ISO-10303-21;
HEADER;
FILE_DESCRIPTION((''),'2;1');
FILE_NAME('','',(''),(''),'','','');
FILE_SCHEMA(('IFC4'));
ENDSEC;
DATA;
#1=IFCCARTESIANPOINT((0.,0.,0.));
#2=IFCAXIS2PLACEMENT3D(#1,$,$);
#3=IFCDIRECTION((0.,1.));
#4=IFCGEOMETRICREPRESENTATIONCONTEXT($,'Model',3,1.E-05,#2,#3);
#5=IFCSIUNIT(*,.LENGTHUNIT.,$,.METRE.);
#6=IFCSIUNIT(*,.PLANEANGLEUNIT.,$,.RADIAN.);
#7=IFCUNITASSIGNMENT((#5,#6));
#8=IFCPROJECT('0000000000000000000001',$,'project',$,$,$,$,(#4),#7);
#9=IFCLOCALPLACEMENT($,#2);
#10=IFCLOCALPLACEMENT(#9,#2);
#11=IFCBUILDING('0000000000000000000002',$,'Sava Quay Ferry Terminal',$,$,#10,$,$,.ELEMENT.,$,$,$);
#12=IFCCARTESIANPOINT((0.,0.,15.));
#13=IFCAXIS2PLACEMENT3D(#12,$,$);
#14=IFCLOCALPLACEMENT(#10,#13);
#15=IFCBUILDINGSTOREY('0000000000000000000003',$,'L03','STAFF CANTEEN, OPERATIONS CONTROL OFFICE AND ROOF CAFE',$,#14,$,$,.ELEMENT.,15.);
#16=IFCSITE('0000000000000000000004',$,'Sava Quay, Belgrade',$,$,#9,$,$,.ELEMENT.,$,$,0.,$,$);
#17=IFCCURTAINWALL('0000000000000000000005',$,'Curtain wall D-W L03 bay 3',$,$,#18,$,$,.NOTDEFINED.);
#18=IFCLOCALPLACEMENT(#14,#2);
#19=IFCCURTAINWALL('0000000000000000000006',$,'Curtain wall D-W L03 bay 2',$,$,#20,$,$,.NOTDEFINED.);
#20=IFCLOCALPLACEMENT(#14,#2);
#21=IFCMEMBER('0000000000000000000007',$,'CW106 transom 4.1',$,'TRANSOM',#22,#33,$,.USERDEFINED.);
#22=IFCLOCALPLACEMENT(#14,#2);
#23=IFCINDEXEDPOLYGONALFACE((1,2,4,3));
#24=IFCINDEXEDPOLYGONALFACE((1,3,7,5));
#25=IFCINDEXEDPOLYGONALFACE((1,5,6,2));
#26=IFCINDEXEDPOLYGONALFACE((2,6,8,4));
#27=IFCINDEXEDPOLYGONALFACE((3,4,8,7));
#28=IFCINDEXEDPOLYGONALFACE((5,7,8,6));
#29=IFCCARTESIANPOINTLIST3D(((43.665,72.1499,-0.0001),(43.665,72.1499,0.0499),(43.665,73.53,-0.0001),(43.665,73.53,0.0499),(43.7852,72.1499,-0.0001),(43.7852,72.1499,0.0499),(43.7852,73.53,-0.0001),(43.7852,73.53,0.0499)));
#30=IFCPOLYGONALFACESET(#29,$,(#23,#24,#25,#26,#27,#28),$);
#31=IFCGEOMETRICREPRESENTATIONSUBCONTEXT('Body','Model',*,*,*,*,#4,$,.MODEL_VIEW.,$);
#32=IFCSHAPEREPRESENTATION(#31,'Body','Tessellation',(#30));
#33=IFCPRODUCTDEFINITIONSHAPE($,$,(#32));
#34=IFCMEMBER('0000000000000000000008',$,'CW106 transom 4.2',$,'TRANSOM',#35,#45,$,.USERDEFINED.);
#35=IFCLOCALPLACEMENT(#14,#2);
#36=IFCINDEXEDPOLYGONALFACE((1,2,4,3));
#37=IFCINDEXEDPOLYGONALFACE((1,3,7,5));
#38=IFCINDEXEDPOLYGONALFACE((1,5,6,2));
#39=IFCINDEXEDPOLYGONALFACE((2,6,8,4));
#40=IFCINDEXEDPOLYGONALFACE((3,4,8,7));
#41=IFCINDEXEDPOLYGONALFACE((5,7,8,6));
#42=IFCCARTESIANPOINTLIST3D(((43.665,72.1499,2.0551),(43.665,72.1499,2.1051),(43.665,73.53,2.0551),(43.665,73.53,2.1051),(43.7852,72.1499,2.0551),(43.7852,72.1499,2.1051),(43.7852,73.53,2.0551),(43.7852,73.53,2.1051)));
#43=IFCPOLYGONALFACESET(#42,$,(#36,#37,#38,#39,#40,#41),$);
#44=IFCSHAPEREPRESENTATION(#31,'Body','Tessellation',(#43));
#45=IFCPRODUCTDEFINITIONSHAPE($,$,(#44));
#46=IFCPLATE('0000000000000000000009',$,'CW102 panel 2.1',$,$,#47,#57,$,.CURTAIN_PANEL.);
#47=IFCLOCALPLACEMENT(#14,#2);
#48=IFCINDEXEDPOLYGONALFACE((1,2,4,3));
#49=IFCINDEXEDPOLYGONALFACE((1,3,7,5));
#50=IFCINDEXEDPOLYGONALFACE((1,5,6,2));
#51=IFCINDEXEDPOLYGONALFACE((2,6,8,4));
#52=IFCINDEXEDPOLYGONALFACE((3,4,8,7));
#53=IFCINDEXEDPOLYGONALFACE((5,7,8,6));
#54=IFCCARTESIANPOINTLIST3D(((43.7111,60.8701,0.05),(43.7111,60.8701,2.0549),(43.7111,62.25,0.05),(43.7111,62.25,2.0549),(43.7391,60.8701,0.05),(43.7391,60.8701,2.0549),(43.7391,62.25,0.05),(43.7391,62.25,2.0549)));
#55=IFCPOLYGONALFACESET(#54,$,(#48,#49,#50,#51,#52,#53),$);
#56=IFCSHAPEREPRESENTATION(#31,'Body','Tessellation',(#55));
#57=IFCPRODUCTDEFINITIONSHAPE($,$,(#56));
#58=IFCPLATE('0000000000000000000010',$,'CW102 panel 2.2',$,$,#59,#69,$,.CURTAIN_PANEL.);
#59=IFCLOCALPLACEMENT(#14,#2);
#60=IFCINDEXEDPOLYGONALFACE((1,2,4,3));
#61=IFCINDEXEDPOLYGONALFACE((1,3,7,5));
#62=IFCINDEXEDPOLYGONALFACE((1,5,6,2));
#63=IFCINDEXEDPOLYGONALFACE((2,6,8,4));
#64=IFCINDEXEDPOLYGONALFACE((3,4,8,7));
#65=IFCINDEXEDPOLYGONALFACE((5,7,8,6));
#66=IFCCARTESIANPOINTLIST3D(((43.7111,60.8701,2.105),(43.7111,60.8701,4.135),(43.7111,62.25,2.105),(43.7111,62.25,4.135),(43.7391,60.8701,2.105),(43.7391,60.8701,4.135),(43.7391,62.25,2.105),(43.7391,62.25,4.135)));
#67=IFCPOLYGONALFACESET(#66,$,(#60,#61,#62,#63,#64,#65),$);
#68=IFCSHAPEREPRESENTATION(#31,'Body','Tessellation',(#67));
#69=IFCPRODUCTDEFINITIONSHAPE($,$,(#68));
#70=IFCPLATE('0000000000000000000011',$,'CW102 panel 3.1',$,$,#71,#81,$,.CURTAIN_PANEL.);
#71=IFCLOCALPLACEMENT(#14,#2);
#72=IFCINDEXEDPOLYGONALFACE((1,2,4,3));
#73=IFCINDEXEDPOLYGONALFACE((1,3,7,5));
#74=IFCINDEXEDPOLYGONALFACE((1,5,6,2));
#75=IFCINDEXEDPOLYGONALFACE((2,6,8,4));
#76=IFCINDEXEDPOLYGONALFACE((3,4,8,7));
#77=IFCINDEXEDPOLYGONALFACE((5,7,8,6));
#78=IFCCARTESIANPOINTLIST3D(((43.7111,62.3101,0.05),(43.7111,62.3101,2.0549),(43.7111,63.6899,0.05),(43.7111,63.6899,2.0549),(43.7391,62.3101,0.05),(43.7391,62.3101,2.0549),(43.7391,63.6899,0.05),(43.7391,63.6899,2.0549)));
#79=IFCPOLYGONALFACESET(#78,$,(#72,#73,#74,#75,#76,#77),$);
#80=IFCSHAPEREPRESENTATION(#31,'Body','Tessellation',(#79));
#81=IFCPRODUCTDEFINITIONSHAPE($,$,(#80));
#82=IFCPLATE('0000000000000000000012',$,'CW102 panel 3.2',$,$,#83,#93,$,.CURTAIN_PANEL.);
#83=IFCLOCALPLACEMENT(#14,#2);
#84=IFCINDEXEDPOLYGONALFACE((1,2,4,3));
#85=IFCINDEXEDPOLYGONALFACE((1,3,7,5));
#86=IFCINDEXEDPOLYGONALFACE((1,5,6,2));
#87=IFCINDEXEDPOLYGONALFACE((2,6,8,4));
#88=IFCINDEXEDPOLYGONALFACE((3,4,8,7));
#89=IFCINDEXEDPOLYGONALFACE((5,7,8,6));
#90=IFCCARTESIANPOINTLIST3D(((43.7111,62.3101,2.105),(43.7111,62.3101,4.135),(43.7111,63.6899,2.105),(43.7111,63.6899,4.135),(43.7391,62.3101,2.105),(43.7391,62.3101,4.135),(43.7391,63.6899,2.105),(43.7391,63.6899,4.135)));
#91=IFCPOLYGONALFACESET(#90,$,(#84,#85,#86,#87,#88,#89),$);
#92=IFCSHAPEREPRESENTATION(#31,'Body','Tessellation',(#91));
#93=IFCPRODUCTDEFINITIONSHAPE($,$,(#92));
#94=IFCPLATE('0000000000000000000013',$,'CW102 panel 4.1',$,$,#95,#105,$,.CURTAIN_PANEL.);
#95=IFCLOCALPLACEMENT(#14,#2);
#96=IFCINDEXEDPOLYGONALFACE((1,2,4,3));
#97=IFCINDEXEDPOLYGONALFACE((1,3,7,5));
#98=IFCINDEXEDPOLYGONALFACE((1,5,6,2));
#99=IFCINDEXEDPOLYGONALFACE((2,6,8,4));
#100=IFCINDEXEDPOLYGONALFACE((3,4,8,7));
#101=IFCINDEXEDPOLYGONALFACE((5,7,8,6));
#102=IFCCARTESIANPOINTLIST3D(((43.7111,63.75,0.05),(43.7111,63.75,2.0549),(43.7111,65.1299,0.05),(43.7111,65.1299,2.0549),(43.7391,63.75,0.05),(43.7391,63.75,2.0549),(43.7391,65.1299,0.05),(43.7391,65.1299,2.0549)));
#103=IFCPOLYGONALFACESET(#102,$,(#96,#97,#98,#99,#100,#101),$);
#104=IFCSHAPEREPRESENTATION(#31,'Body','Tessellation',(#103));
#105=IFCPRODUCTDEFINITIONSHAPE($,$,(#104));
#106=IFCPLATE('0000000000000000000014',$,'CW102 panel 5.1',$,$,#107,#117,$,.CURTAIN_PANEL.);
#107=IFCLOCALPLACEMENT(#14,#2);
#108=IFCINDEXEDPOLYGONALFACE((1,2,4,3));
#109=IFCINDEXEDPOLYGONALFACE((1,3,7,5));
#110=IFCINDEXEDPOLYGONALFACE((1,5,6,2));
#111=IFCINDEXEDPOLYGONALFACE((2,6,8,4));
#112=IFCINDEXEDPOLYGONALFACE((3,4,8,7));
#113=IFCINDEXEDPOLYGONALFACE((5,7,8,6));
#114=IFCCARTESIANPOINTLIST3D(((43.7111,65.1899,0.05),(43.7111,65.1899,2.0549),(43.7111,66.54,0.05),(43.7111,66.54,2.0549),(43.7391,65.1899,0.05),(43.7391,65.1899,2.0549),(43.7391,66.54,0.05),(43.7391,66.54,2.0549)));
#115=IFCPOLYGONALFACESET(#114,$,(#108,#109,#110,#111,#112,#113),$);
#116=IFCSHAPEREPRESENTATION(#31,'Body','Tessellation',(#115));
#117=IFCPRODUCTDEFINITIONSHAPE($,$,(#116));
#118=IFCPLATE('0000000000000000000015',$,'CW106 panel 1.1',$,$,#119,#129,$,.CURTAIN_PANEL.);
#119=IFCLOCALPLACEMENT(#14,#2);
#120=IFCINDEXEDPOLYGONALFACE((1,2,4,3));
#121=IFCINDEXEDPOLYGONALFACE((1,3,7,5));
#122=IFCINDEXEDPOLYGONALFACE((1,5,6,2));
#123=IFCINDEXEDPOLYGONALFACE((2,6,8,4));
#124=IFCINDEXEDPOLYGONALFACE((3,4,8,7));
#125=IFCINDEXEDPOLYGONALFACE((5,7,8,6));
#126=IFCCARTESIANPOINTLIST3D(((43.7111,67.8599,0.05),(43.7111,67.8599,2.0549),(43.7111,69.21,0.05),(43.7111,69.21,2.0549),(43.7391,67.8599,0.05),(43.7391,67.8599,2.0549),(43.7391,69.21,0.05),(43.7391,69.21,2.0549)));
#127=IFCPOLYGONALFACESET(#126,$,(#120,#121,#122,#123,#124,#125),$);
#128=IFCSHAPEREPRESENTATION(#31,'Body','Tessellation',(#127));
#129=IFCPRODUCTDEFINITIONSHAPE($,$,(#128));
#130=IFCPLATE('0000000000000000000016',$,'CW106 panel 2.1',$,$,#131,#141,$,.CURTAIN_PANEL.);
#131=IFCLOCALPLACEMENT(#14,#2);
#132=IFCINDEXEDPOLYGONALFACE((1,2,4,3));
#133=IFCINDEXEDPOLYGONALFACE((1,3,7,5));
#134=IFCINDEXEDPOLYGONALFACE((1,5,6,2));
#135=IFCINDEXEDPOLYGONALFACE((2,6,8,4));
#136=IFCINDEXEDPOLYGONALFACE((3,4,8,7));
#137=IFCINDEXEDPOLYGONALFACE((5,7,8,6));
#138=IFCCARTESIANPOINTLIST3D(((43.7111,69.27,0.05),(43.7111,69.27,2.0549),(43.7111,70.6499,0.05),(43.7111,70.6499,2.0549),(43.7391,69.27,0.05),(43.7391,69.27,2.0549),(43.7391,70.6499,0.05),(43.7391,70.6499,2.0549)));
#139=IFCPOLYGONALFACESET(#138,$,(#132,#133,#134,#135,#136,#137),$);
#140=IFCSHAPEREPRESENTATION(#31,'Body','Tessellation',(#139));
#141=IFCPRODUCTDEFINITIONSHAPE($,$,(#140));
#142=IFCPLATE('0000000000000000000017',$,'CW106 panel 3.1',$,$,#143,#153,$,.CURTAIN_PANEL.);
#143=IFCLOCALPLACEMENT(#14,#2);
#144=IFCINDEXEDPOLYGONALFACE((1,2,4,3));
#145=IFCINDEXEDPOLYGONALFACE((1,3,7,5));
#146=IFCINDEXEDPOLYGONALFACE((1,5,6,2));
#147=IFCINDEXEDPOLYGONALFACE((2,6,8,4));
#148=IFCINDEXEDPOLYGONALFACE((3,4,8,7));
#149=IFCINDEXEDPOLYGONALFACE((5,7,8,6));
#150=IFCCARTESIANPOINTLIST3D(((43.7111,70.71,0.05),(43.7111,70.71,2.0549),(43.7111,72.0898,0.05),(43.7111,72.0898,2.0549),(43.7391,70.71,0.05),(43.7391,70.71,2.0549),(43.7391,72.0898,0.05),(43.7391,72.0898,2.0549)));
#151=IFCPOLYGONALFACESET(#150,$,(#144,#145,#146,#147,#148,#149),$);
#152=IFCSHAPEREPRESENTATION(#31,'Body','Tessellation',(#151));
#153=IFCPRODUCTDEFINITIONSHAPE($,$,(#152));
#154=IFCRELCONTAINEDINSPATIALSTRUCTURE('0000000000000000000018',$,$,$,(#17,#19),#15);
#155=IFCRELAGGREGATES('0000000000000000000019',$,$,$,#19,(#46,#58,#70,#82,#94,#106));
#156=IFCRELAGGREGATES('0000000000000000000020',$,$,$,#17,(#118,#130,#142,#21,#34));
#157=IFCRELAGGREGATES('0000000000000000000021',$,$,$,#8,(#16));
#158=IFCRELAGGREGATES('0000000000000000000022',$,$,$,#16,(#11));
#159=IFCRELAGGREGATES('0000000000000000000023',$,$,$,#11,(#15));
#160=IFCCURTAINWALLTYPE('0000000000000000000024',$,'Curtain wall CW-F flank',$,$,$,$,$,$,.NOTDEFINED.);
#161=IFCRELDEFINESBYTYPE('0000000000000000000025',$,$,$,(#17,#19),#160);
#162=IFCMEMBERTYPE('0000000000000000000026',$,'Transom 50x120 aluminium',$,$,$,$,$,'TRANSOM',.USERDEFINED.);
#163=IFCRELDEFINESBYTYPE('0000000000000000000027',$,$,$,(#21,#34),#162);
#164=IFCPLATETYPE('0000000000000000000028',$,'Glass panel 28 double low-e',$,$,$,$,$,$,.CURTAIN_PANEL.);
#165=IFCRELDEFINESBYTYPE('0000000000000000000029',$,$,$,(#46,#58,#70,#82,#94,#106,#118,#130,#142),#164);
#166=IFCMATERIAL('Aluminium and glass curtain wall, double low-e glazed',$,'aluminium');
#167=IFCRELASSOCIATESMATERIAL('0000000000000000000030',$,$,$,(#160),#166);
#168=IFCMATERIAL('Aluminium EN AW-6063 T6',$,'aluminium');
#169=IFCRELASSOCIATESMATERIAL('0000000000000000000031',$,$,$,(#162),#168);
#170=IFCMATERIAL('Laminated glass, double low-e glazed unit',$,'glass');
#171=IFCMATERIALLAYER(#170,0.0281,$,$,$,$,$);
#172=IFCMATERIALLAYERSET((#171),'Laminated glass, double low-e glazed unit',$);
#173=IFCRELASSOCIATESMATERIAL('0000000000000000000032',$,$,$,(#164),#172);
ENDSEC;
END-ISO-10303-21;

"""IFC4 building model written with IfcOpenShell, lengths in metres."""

from ifc_helpers import new_model, si_unit, direction, frame, origin, origin_2d, place, context, subcontext, project, spatial, rectangle, extrude, material, layer, layer_set, material_profile, profile_set, type_object, element, aggregate, save


model = new_model("IFC4")

# Units and contexts
model_context = context("Model", 3, precision=1e-05, world=origin(), true_north=direction((0.0, 1.0)))
body_context = subcontext(model_context, "Body", "Model", "MODEL_VIEW")
ifc_project = project(units=[si_unit("LENGTHUNIT", "METRE"), si_unit("PLANEANGLEUNIT", "RADIAN")], contexts=[model_context])

# Site, building, storey
site_placement = place(None, origin())
site = spatial("IfcSite", under=ifc_project, at=site_placement, Name="Sava Quay, Belgrade", CompositionType="ELEMENT", RefElevation=0.0)
building_placement = place(site_placement, origin())
building = spatial("IfcBuilding", under=site, at=building_placement, Name="Sava Quay Ferry Terminal", CompositionType="ELEMENT")
storey_placement = place(building_placement, frame((0.0, 0.0, 15.0)))
storey = spatial("IfcBuildingStorey", under=building, at=storey_placement, Name="L03", Description="STAFF CANTEEN, OPERATIONS CONTROL OFFICE AND ROOF CAFE", CompositionType="ELEMENT", Elevation=15.0)

# Curtain walls
ifc_material_1 = material(Name="Aluminium and glass curtain wall, double low-e glazed", Category="aluminium")
curtain_wall_type = type_object("IfcCurtainWallType", Name="Curtain wall CW-F flank", PredefinedType="NOTDEFINED", material=ifc_material_1)
curtain_wall_1_placement = place(storey_placement, origin())
curtain_wall_1 = element("IfcCurtainWall", 1, at=curtain_wall_1_placement, inside=storey, type_object=curtain_wall_type, Name="Curtain wall D-W L03 bay 3", PredefinedType="NOTDEFINED")
curtain_wall_2_placement = place(storey_placement, origin())
curtain_wall_2 = element("IfcCurtainWall", 2, at=curtain_wall_2_placement, inside=storey, type_object=curtain_wall_type, Name="Curtain wall D-W L03 bay 2", PredefinedType="NOTDEFINED")
ifc_material_2 = material(Name="Aluminium EN AW-6063 T6", Category="aluminium")
ifc_material_profile_1 = material_profile(ifc_material_2, rectangle(XDim=0.1201, YDim=0.05, at=origin_2d()), Name="Transom 50x120 aluminium")
ifc_profile_set_1 = profile_set([ifc_material_profile_1], Name="Aluminium EN AW-6063 T6")
member_type_1 = type_object("IfcMemberType", Name="Transom 50x120 aluminium", ElementType="TRANSOM", PredefinedType="USERDEFINED", material=ifc_profile_set_1)

# Members
member_1_placement = place(storey_placement, frame((43.7251, 72.1499, 0.0249), z_axis=(0.0, 1.0, 0.0), x_axis=(-1.0, 0.0, 0.0)))
member_1 = element("IfcMember", 3, at=member_1_placement, type_object=member_type_1, Name="CW106 transom 4.1", ObjectType="TRANSOM", PredefinedType="USERDEFINED", context=body_context, shape_type="SweptSolid", body=[
    extrude(rectangle(XDim=0.1201, YDim=0.05, at=origin_2d()), origin(), (0.0, 0.0, 1.0), 1.3801),
])
member_2_placement = place(storey_placement, frame((43.7251, 72.1499, 2.0801), z_axis=(0.0, 1.0, 0.0), x_axis=(-1.0, 0.0, 0.0)))
member_2 = element("IfcMember", 4, at=member_2_placement, type_object=member_type_1, Name="CW106 transom 4.2", ObjectType="TRANSOM", PredefinedType="USERDEFINED", context=body_context, shape_type="SweptSolid", body=[
    extrude(rectangle(XDim=0.1201, YDim=0.05, at=origin_2d()), origin(), (0.0, 0.0, 1.0), 1.3801),
])

# Plates
ifc_material_3 = material(Name="Laminated glass, double low-e glazed unit", Category="glass")
ifc_layer = layer(ifc_material_3, 0.0281)
ifc_layer_set = layer_set([ifc_layer], Name="Laminated glass, double low-e glazed unit")
plate_type = type_object("IfcPlateType", Name="Glass panel 28 double low-e", PredefinedType="CURTAIN_PANEL", material=ifc_layer_set)
plate_1_placement = place(storey_placement, frame((43.7251, 61.5601, 0.05), z_axis=(0.0, 0.0, 1.0), x_axis=(0.0, 1.0, 0.0)))
plate_1 = element("IfcPlate", 5, at=plate_1_placement, type_object=plate_type, Name="CW102 panel 2.1", PredefinedType="CURTAIN_PANEL", context=body_context, shape_type="SweptSolid", body=[
    extrude(rectangle(XDim=1.3799, YDim=0.0281, at=origin_2d()), origin(), (0.0, 0.0, 1.0), 2.0049),
])
plate_2_placement = place(storey_placement, frame((43.7251, 61.5601, 2.105), z_axis=(0.0, 0.0, 1.0), x_axis=(0.0, 1.0, 0.0)))
plate_2 = element("IfcPlate", 6, at=plate_2_placement, type_object=plate_type, Name="CW102 panel 2.2", PredefinedType="CURTAIN_PANEL", context=body_context, shape_type="SweptSolid", body=[
    extrude(rectangle(XDim=1.3799, YDim=0.0281, at=origin_2d()), origin(), (0.0, 0.0, 1.0), 2.03),
])
plate_3_placement = place(storey_placement, frame((43.7251, 63.0, 0.05), z_axis=(0.0, 0.0, 1.0), x_axis=(0.0, 1.0, 0.0)))
plate_3 = element("IfcPlate", 7, at=plate_3_placement, type_object=plate_type, Name="CW102 panel 3.1", PredefinedType="CURTAIN_PANEL", context=body_context, shape_type="SweptSolid", body=[
    extrude(rectangle(XDim=1.3799, YDim=0.0281, at=origin_2d()), origin(), (0.0, 0.0, 1.0), 2.0049),
])
plate_4_placement = place(storey_placement, frame((43.7251, 63.0, 2.105), z_axis=(0.0, 0.0, 1.0), x_axis=(0.0, 1.0, 0.0)))
plate_4 = element("IfcPlate", 8, at=plate_4_placement, type_object=plate_type, Name="CW102 panel 3.2", PredefinedType="CURTAIN_PANEL", context=body_context, shape_type="SweptSolid", body=[
    extrude(rectangle(XDim=1.3799, YDim=0.0281, at=origin_2d()), origin(), (0.0, 0.0, 1.0), 2.03),
])
plate_5_placement = place(storey_placement, frame((43.7251, 64.4399, 0.05), z_axis=(0.0, 0.0, 1.0), x_axis=(0.0, 1.0, 0.0)))
plate_5 = element("IfcPlate", 9, at=plate_5_placement, type_object=plate_type, Name="CW102 panel 4.1", PredefinedType="CURTAIN_PANEL", context=body_context, shape_type="SweptSolid", body=[
    extrude(rectangle(XDim=1.3799, YDim=0.0281, at=origin_2d()), origin(), (0.0, 0.0, 1.0), 2.0049),
])
plate_6_placement = place(storey_placement, frame((43.7251, 65.865, 0.05), z_axis=(0.0, 0.0, 1.0), x_axis=(0.0, 1.0, 0.0)))
plate_6 = element("IfcPlate", 10, at=plate_6_placement, type_object=plate_type, Name="CW102 panel 5.1", PredefinedType="CURTAIN_PANEL", context=body_context, shape_type="SweptSolid", body=[
    extrude(rectangle(XDim=1.3501, YDim=0.0281, at=origin_2d()), origin(), (0.0, 0.0, 1.0), 2.0049),
])
aggregate(curtain_wall_2, [plate_1, plate_2, plate_3, plate_4, plate_5, plate_6])
plate_7_placement = place(storey_placement, frame((43.7251, 68.5349, 0.05), z_axis=(0.0, 0.0, 1.0), x_axis=(0.0, 1.0, 0.0)))
plate_7 = element("IfcPlate", 11, at=plate_7_placement, type_object=plate_type, Name="CW106 panel 1.1", PredefinedType="CURTAIN_PANEL", context=body_context, shape_type="SweptSolid", body=[
    extrude(rectangle(XDim=1.3501, YDim=0.0281, at=origin_2d()), origin(), (0.0, 0.0, 1.0), 2.0049),
])
plate_8_placement = place(storey_placement, frame((43.7251, 69.96, 0.05), z_axis=(0.0, 0.0, 1.0), x_axis=(0.0, 1.0, 0.0)))
plate_8 = element("IfcPlate", 12, at=plate_8_placement, type_object=plate_type, Name="CW106 panel 2.1", PredefinedType="CURTAIN_PANEL", context=body_context, shape_type="SweptSolid", body=[
    extrude(rectangle(XDim=1.3799, YDim=0.0281, at=origin_2d()), origin(), (0.0, 0.0, 1.0), 2.0049),
])
plate_9_placement = place(storey_placement, frame((43.7251, 71.3999, 0.05), z_axis=(0.0, 0.0, 1.0), x_axis=(0.0, 1.0, 0.0)))
plate_9 = element("IfcPlate", 13, at=plate_9_placement, type_object=plate_type, Name="CW106 panel 3.1", PredefinedType="CURTAIN_PANEL", context=body_context, shape_type="SweptSolid", body=[
    extrude(rectangle(XDim=1.3799, YDim=0.0281, at=origin_2d()), origin(), (0.0, 0.0, 1.0), 2.0049),
])
aggregate(curtain_wall_1, [plate_7, plate_8, plate_9, member_1, member_2])

save(model, "model.ifc")
